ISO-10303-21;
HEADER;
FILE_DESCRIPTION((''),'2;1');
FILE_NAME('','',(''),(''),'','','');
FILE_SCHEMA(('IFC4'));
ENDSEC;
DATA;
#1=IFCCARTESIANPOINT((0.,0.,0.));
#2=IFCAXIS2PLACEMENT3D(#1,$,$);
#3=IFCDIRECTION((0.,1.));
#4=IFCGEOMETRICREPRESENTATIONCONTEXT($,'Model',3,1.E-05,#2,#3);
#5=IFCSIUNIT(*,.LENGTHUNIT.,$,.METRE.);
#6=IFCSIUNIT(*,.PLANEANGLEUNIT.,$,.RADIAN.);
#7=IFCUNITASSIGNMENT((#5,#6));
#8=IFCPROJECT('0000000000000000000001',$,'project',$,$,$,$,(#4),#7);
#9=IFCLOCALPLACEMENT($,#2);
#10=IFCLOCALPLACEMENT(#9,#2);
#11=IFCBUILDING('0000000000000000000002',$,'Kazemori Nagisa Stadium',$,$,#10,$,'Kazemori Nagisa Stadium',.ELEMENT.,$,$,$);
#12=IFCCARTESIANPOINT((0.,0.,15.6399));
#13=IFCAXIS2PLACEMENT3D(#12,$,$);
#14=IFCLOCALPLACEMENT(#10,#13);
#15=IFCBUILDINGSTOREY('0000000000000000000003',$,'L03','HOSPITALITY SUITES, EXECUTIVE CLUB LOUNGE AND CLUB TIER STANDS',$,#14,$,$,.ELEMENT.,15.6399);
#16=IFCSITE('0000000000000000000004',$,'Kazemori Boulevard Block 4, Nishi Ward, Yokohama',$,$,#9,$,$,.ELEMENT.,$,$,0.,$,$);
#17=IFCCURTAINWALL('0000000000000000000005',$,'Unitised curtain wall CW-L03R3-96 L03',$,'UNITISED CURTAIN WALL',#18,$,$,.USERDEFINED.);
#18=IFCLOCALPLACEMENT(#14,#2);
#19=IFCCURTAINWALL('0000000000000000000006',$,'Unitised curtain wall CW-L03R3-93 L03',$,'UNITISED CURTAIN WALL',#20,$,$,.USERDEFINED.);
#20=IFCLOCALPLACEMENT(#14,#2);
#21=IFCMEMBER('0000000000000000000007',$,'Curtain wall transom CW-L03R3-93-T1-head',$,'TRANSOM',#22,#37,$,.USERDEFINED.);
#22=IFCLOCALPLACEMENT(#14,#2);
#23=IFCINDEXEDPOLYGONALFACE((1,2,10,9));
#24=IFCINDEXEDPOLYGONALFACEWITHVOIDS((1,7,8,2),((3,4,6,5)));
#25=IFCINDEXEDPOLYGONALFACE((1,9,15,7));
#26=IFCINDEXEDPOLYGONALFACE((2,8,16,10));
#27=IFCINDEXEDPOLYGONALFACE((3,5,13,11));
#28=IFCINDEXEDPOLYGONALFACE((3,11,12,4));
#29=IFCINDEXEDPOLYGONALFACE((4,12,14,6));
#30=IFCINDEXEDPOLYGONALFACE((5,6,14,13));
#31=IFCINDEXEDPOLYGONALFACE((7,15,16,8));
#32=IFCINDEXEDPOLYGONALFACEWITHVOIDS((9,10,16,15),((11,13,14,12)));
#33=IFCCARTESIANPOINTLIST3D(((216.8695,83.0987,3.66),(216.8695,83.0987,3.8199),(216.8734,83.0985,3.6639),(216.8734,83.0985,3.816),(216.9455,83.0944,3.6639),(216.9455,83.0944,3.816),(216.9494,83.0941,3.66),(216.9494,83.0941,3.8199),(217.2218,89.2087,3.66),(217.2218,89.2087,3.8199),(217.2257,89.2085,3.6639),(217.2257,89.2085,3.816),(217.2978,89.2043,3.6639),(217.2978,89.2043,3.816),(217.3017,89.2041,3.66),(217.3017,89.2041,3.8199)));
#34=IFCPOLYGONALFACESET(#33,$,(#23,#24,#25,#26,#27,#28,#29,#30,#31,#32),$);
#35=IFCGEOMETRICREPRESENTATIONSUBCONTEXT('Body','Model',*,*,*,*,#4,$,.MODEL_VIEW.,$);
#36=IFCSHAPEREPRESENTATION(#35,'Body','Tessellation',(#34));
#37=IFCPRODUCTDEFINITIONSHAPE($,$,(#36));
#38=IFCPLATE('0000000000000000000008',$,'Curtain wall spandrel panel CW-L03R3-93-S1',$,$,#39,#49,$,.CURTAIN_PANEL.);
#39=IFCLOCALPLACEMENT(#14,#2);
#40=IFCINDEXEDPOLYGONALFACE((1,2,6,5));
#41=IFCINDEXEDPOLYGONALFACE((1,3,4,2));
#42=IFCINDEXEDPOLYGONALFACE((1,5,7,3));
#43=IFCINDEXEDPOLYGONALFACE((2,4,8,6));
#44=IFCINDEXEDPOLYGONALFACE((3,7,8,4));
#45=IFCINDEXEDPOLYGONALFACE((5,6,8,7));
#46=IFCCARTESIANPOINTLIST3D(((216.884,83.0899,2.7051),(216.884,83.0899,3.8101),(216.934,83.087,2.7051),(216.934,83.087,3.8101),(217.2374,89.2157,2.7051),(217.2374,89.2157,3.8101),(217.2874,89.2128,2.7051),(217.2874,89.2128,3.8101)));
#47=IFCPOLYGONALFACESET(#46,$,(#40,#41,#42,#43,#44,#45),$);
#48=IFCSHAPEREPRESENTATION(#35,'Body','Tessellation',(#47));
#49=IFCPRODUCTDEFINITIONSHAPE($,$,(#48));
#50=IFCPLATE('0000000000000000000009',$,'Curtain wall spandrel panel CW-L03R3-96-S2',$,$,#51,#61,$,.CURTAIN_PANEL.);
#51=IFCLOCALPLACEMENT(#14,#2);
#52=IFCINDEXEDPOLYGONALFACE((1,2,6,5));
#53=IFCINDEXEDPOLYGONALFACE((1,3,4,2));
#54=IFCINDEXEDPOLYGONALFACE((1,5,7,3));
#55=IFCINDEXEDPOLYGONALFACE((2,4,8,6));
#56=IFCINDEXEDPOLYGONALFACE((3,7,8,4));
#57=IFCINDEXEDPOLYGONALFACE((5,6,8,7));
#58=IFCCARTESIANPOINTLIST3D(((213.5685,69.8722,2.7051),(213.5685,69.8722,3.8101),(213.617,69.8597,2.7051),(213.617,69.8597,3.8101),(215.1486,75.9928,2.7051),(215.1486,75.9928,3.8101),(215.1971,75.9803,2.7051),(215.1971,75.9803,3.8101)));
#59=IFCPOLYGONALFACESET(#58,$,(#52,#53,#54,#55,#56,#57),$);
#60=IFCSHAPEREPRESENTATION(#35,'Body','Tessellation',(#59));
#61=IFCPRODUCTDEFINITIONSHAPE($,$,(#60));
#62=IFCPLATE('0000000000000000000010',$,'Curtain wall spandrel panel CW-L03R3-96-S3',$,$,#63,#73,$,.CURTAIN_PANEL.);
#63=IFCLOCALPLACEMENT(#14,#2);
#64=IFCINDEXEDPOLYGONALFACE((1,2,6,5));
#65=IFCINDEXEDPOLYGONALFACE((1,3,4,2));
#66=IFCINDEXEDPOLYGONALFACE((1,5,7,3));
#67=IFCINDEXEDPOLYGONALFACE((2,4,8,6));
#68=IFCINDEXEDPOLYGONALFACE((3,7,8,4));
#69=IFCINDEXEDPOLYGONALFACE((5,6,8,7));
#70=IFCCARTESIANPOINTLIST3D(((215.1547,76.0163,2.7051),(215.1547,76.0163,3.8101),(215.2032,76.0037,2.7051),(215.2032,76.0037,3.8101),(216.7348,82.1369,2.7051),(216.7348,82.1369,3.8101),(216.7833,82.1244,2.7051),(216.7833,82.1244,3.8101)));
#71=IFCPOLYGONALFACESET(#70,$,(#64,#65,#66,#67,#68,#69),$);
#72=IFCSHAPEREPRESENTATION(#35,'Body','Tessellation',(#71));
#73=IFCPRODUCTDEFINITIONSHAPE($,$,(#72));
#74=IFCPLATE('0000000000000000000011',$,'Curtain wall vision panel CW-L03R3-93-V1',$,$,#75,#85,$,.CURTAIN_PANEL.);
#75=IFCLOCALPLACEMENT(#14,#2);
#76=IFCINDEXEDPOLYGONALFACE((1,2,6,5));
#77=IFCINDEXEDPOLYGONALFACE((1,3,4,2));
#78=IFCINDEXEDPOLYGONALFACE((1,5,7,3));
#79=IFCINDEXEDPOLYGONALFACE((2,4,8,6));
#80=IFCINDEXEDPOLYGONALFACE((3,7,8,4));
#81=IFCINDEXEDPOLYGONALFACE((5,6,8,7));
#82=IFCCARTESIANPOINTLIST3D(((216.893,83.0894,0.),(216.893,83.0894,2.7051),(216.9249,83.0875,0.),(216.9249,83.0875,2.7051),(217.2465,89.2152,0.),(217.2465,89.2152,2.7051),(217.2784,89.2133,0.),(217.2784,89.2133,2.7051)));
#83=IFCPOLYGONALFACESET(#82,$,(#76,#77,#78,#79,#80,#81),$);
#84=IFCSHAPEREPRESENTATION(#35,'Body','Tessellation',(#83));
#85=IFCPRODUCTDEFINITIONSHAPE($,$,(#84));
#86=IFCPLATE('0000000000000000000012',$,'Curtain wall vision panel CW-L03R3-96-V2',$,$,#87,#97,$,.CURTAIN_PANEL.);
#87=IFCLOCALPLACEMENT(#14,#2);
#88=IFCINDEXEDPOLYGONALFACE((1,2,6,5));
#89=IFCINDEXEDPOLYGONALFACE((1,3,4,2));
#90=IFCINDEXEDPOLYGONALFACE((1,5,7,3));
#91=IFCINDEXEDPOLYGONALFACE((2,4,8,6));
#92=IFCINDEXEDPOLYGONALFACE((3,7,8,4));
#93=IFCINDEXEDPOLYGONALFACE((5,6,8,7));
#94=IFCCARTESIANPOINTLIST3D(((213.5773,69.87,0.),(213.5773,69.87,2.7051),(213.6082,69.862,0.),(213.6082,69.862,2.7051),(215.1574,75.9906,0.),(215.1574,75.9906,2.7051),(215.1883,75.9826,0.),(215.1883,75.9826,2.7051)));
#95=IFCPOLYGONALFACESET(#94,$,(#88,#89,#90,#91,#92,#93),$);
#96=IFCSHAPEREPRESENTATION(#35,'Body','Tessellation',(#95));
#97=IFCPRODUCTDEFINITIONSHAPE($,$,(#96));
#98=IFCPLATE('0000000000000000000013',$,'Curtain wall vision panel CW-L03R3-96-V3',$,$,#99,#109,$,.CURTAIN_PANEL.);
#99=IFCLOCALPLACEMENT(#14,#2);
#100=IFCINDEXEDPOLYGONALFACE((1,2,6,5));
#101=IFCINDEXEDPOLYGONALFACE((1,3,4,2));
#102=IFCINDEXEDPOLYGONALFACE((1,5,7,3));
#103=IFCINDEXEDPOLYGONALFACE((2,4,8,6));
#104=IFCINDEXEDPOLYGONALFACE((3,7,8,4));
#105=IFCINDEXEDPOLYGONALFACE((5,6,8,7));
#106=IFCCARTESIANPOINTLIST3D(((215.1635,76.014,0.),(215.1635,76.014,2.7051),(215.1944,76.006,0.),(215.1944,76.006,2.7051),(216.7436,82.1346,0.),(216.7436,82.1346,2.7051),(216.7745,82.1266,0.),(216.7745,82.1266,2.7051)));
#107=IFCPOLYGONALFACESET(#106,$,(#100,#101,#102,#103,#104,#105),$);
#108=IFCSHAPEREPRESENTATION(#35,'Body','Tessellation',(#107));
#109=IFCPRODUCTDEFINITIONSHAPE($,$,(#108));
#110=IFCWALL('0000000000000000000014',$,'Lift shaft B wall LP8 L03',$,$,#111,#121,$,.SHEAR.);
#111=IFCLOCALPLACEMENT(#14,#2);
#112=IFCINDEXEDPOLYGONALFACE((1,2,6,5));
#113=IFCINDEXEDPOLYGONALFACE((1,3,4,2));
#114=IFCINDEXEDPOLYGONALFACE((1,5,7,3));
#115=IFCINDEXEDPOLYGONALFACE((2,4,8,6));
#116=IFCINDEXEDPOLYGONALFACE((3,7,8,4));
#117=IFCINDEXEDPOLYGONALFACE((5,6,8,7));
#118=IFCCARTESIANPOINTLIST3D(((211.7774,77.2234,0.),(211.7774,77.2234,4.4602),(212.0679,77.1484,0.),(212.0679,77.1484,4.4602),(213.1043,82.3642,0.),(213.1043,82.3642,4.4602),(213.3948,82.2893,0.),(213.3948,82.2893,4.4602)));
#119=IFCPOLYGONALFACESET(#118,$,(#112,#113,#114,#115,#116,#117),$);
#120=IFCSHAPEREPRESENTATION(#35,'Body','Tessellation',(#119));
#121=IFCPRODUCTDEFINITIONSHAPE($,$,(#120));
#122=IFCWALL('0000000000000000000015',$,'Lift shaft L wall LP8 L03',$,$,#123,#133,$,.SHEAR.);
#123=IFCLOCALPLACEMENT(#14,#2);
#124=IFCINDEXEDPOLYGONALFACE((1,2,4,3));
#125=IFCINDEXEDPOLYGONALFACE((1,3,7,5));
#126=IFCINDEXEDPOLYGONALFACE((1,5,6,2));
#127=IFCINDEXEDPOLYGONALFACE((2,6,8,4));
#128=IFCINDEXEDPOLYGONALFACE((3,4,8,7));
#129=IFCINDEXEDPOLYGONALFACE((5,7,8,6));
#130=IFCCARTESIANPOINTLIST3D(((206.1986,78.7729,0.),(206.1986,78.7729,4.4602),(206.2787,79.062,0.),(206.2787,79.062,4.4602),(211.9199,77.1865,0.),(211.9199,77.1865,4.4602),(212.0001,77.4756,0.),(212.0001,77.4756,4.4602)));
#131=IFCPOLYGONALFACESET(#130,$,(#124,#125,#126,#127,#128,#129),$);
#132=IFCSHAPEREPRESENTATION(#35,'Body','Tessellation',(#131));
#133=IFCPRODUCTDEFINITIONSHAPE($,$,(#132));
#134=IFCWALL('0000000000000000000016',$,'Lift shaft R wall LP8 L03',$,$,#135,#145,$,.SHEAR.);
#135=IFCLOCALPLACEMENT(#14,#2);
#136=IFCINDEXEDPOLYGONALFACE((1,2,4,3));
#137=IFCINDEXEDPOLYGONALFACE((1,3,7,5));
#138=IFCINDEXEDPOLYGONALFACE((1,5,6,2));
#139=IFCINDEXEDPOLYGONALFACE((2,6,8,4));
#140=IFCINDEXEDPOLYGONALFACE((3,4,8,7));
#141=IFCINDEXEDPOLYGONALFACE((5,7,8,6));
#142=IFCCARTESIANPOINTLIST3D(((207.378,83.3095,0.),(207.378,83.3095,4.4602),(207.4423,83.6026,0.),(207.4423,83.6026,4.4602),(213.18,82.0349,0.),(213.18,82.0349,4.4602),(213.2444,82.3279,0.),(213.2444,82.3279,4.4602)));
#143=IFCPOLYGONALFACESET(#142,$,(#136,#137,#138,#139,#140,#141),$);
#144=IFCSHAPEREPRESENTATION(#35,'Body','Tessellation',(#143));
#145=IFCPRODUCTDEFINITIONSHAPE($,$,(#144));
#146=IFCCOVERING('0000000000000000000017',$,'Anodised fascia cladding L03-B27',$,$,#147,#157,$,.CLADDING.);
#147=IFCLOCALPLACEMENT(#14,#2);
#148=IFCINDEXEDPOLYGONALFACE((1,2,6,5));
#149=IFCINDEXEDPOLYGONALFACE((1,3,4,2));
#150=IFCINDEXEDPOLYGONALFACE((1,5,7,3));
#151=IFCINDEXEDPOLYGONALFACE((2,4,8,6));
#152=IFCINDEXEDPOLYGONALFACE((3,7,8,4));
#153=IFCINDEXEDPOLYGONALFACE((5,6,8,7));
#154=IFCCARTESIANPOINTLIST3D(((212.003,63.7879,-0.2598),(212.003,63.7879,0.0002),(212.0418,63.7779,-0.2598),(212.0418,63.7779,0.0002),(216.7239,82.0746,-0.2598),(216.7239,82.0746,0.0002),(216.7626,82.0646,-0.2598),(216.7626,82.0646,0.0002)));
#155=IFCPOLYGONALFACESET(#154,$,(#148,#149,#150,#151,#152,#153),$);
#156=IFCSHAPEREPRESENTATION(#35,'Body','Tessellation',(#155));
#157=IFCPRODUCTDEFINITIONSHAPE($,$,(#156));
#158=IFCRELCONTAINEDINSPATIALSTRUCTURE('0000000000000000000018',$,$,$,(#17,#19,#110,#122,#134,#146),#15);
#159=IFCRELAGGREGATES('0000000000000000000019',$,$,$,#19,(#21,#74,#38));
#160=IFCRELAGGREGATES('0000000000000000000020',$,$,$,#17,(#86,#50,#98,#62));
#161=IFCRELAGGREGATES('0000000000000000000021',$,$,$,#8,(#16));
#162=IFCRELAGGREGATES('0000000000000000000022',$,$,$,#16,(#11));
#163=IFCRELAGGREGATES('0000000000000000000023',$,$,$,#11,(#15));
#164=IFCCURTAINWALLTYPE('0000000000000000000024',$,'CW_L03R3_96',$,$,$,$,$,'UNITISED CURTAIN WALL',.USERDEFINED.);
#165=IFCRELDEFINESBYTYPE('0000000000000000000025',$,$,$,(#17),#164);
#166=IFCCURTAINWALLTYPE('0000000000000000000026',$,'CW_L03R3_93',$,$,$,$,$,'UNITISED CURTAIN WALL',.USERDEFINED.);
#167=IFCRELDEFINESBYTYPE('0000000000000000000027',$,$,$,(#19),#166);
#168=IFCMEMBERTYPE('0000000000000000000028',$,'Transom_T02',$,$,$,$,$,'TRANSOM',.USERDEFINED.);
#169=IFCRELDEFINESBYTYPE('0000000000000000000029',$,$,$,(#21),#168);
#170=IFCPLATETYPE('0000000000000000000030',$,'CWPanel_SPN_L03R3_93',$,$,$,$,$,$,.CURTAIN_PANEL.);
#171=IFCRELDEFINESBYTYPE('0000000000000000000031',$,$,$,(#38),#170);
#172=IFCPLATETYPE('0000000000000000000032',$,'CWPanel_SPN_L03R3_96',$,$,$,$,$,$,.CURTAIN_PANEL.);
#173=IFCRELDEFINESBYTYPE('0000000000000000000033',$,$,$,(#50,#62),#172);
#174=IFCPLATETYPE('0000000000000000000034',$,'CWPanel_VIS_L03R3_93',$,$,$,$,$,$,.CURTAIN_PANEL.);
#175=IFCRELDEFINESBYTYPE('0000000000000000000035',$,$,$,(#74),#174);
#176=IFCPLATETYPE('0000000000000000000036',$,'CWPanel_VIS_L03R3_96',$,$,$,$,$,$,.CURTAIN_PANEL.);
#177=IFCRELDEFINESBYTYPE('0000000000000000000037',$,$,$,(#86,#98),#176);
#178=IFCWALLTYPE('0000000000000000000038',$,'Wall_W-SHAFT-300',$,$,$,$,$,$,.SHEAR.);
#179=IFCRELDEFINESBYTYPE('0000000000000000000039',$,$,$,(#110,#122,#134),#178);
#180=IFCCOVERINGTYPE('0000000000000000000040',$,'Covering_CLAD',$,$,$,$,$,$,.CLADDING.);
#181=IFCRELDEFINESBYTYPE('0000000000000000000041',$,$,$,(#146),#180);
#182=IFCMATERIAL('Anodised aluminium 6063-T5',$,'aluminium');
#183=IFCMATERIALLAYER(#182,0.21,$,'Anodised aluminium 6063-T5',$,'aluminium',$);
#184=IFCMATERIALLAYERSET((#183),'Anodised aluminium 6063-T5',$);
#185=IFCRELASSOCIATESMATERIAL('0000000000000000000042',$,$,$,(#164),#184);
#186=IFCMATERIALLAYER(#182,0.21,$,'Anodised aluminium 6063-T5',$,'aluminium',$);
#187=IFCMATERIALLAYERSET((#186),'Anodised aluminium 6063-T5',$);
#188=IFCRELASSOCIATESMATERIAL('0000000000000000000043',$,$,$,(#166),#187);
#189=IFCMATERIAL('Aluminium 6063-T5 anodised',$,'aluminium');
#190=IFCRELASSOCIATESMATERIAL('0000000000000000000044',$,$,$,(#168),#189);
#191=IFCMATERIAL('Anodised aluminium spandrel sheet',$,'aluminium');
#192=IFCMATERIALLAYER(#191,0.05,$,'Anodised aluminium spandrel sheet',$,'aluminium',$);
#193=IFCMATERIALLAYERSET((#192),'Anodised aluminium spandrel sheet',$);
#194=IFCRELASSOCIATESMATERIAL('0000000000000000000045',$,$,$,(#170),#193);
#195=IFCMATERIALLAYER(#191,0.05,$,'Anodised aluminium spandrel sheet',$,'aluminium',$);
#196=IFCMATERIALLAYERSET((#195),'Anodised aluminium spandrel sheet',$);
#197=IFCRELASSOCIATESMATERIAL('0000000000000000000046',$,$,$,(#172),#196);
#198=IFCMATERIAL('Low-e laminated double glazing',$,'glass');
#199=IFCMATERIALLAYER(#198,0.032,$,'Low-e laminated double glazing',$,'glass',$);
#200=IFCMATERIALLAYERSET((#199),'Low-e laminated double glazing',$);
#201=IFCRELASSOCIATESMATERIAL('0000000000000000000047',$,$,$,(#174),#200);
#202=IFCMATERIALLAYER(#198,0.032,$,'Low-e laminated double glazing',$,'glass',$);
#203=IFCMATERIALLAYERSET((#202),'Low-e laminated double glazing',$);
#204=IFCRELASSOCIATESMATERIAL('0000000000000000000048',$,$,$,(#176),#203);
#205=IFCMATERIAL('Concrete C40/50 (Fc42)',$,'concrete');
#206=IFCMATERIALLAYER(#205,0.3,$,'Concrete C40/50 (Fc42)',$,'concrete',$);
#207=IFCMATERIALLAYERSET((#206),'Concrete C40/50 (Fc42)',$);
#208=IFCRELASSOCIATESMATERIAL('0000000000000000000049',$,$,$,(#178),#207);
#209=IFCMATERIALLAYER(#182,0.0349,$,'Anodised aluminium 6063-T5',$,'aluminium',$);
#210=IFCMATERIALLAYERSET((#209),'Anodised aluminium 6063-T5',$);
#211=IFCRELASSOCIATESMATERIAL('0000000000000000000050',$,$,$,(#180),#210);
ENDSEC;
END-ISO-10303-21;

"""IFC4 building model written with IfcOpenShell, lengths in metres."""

from ifc_helpers import new_model, si_unit, direction, frame, frame_2d, origin, origin_2d, place, context, subcontext, project, spatial, rectangle, hollow_rectangle, extrude, material, layer, layer_set, material_profile, profile_set, type_object, element, aggregate, save


model = new_model("IFC4")

# Units and contexts
model_context = context("Model", 3, precision=1e-05, world=origin(), true_north=direction((0.0, 1.0)))
body_context = subcontext(model_context, "Body", "Model", "MODEL_VIEW")
ifc_project = project(units=[si_unit("LENGTHUNIT", "METRE"), si_unit("PLANEANGLEUNIT", "RADIAN")], contexts=[model_context])

# Site, building, storey
site_placement = place(None, origin())
site = spatial("IfcSite", under=ifc_project, at=site_placement, Name="Kazemori Boulevard Block 4, Nishi Ward, Yokohama", CompositionType="ELEMENT", RefElevation=0.0)
building_placement = place(site_placement, origin())
building = spatial("IfcBuilding", under=site, at=building_placement, Name="Kazemori Nagisa Stadium", LongName="Kazemori Nagisa Stadium", CompositionType="ELEMENT")
storey_placement = place(building_placement, frame((0.0, 0.0, 15.6399)))
storey = spatial("IfcBuildingStorey", under=building, at=storey_placement, Name="L03", Description="HOSPITALITY SUITES, EXECUTIVE CLUB LOUNGE AND CLUB TIER STANDS", CompositionType="ELEMENT", Elevation=15.6399)

# Shared definitions
ifc_material_1 = material(Name="Concrete C40/50 (Fc42)", Category="concrete")

# Curtain wall
ifc_material_2 = material(Name="Anodised aluminium 6063-T5", Category="aluminium")
ifc_layer_1 = layer(ifc_material_2, 0.21, Name="Anodised aluminium 6063-T5", Category="aluminium")
ifc_layer_set_1 = layer_set([ifc_layer_1], Name="Anodised aluminium 6063-T5")
curtain_wall_type_1 = type_object("IfcCurtainWallType", Name="CW_L03R3_96", ElementType="UNITISED CURTAIN WALL", PredefinedType="USERDEFINED", material=ifc_layer_set_1)
curtain_wall_1_placement = place(storey_placement, origin())
curtain_wall_1 = element("IfcCurtainWall", 1, at=curtain_wall_1_placement, inside=storey, type_object=curtain_wall_type_1, Name="Unitised curtain wall CW-L03R3-96 L03", ObjectType="UNITISED CURTAIN WALL", PredefinedType="USERDEFINED")
ifc_material_3 = material(Name="Aluminium 6063-T5 anodised", Category="aluminium")

# Curtain wall
ifc_layer_2 = layer(ifc_material_2, 0.21, Name="Anodised aluminium 6063-T5", Category="aluminium")
ifc_layer_set_2 = layer_set([ifc_layer_2], Name="Anodised aluminium 6063-T5")
curtain_wall_type_2 = type_object("IfcCurtainWallType", Name="CW_L03R3_93", ElementType="UNITISED CURTAIN WALL", PredefinedType="USERDEFINED", material=ifc_layer_set_2)
curtain_wall_2_placement = place(storey_placement, origin())
curtain_wall_2 = element("IfcCurtainWall", 2, at=curtain_wall_2_placement, inside=storey, type_object=curtain_wall_type_2, Name="Unitised curtain wall CW-L03R3-93 L03", ObjectType="UNITISED CURTAIN WALL", PredefinedType="USERDEFINED")

# Member
ifc_material_profile_1 = material_profile(ifc_material_3, hollow_rectangle(XDim=0.0801, YDim=0.1599, WallThickness=0.0039, at=origin_2d()), Name="ALU-TRAN-80x160x4")
ifc_profile_set_1 = profile_set([ifc_material_profile_1], Name="Aluminium 6063-T5 anodised")
member_type_1 = type_object("IfcMemberType", Name="Transom_T02", ElementType="TRANSOM", PredefinedType="USERDEFINED", material=ifc_profile_set_1)
member_1_placement = place(storey_placement, frame((216.9094, 83.0964, 3.74), z_axis=(0.057564, 0.998342, 0.0), x_axis=(-0.998342, 0.057564, 0.0)))
member_1 = element("IfcMember", 3, at=member_1_placement, type_object=member_type_1, Name="Curtain wall transom CW-L03R3-93-T1-head", ObjectType="TRANSOM", PredefinedType="USERDEFINED", context=body_context, shape_type="SweptSolid", body=[
    extrude(hollow_rectangle(XDim=0.0801, YDim=0.1599, WallThickness=0.0039, at=origin_2d()), origin(), (0.0, 0.0, 1.0), 6.1201),
])

# Plates
ifc_material_4 = material(Name="Anodised aluminium spandrel sheet", Category="aluminium")
ifc_layer_3 = layer(ifc_material_4, 0.05, Name="Anodised aluminium spandrel sheet", Category="aluminium")
ifc_layer_set_3 = layer_set([ifc_layer_3], Name="Anodised aluminium spandrel sheet")
plate_type_1 = type_object("IfcPlateType", Name="CWPanel_SPN_L03R3_93", PredefinedType="CURTAIN_PANEL", material=ifc_layer_set_3)
plate_1_placement = place(storey_placement, frame((217.0857, 86.1514, 2.7051), z_axis=(0.0, 0.0, 1.0), x_axis=(0.057602, 0.99834, 0.0)))
plate_1 = element("IfcPlate", 4, at=plate_1_placement, type_object=plate_type_1, Name="Curtain wall spandrel panel CW-L03R3-93-S1", PredefinedType="CURTAIN_PANEL", context=body_context, shape_type="SweptSolid", body=[
    extrude(rectangle(XDim=6.136, YDim=0.05, at=origin_2d()), origin(), (0.0, 0.0, 1.0), 1.105),
])
ifc_layer_4 = layer(ifc_material_4, 0.05, Name="Anodised aluminium spandrel sheet", Category="aluminium")
ifc_layer_set_4 = layer_set([ifc_layer_4], Name="Anodised aluminium spandrel sheet")
plate_type_2 = type_object("IfcPlateType", Name="CWPanel_SPN_L03R3_96", PredefinedType="CURTAIN_PANEL", material=ifc_layer_set_4)
plate_2_placement = place(storey_placement, frame((214.3828, 72.9263, 2.7051), z_axis=(0.0, 0.0, 1.0), x_axis=(0.249965, 0.968255, 0.0)))
plate_2 = element("IfcPlate", 5, at=plate_2_placement, type_object=plate_type_2, Name="Curtain wall spandrel panel CW-L03R3-96-S2", PredefinedType="CURTAIN_PANEL", context=body_context, shape_type="SweptSolid", body=[
    extrude(rectangle(XDim=6.3213, YDim=0.05, at=origin_2d()), origin(), (0.0, 0.0, 1.0), 1.105),
])
plate_3_placement = place(storey_placement, frame((215.969, 79.0703, 2.7051), z_axis=(0.0, 0.0, 1.0), x_axis=(0.249965, 0.968255, 0.0)))
plate_3 = element("IfcPlate", 6, at=plate_3_placement, type_object=plate_type_2, Name="Curtain wall spandrel panel CW-L03R3-96-S3", PredefinedType="CURTAIN_PANEL", context=body_context, shape_type="SweptSolid", body=[
    extrude(rectangle(XDim=6.3213, YDim=0.05, at=origin_2d()), origin(), (0.0, 0.0, 1.0), 1.105),
])
ifc_material_5 = material(Name="Low-e laminated double glazing", Category="glass")
ifc_layer_5 = layer(ifc_material_5, 0.032, Name="Low-e laminated double glazing", Category="glass")
ifc_layer_set_5 = layer_set([ifc_layer_5], Name="Low-e laminated double glazing")
plate_type_3 = type_object("IfcPlateType", Name="CWPanel_VIS_L03R3_93", PredefinedType="CURTAIN_PANEL", material=ifc_layer_set_5)
plate_4_placement = place(storey_placement, frame((217.0857, 86.1514, 0.0), z_axis=(0.0, 0.0, 1.0), x_axis=(0.057602, 0.99834, 0.0)))
plate_4 = element("IfcPlate", 7, at=plate_4_placement, type_object=plate_type_3, Name="Curtain wall vision panel CW-L03R3-93-V1", PredefinedType="CURTAIN_PANEL", context=body_context, shape_type="SweptSolid", body=[
    extrude(rectangle(XDim=6.136, YDim=0.032, at=origin_2d()), origin(), (0.0, 0.0, 1.0), 2.7051),
])
aggregate(curtain_wall_2, [member_1, plate_4, plate_1])
ifc_layer_6 = layer(ifc_material_5, 0.032, Name="Low-e laminated double glazing", Category="glass")
ifc_layer_set_6 = layer_set([ifc_layer_6], Name="Low-e laminated double glazing")
plate_type_4 = type_object("IfcPlateType", Name="CWPanel_VIS_L03R3_96", PredefinedType="CURTAIN_PANEL", material=ifc_layer_set_6)
plate_5_placement = place(storey_placement, frame((214.3828, 72.9263, 0.0), z_axis=(0.0, 0.0, 1.0), x_axis=(0.249965, 0.968255, 0.0)))
plate_5 = element("IfcPlate", 8, at=plate_5_placement, type_object=plate_type_4, Name="Curtain wall vision panel CW-L03R3-96-V2", PredefinedType="CURTAIN_PANEL", context=body_context, shape_type="SweptSolid", body=[
    extrude(rectangle(XDim=6.3213, YDim=0.032, at=origin_2d()), origin(), (0.0, 0.0, 1.0), 2.7051),
])
plate_6_placement = place(storey_placement, frame((215.969, 79.0703, 0.0), z_axis=(0.0, 0.0, 1.0), x_axis=(0.249965, 0.968255, 0.0)))
plate_6 = element("IfcPlate", 9, at=plate_6_placement, type_object=plate_type_4, Name="Curtain wall vision panel CW-L03R3-96-V3", PredefinedType="CURTAIN_PANEL", context=body_context, shape_type="SweptSolid", body=[
    extrude(rectangle(XDim=6.3213, YDim=0.032, at=origin_2d()), origin(), (0.0, 0.0, 1.0), 2.7051),
])
aggregate(curtain_wall_1, [plate_5, plate_2, plate_6, plate_3])

# Walls
ifc_layer_7 = layer(ifc_material_1, 0.3, Name="Concrete C40/50 (Fc42)", Category="concrete")
ifc_layer_set_7 = layer_set([ifc_layer_7], Name="Concrete C40/50 (Fc42)")
wall_type = type_object("IfcWallType", Name="Wall_W-SHAFT-300", PredefinedType="SHEAR", material=ifc_layer_set_7)
wall_1_placement = place(storey_placement, frame((211.9226, 77.1858, 0.0), z_axis=(0.0, 0.0, 1.0), x_axis=(0.249918, 0.968267, 0.0)))
element("IfcWall", 10, at=wall_1_placement, inside=storey, type_object=wall_type, Name="Lift shaft B wall LP8 L03", PredefinedType="SHEAR", context=body_context, shape_type="SweptSolid", body=[
    extrude(rectangle(XDim=5.3093, YDim=0.3, at=frame_2d((2.6548, 0.0))), origin(), (0.0, 0.0, 1.0), 4.4602),
])
wall_2_placement = place(storey_placement, frame((206.2385, 78.9175, 0.0), z_axis=(0.0, 0.0, 1.0), x_axis=(0.963642, -0.267196, 0.0)))
element("IfcWall", 11, at=wall_2_placement, inside=storey, type_object=wall_type, Name="Lift shaft L wall LP8 L03", PredefinedType="SHEAR", context=body_context, shape_type="SweptSolid", body=[
    extrude(rectangle(XDim=5.9373, YDim=0.3, at=frame_2d((2.9688, 0.0))), origin(), (0.0, 0.0, 1.0), 4.4602),
])
wall_3_placement = place(storey_placement, frame((207.4102, 83.4561, 0.0), z_axis=(0.0, 0.0, 1.0), x_axis=(0.976707, -0.214576, 0.0)))
element("IfcWall", 12, at=wall_3_placement, inside=storey, type_object=wall_type, Name="Lift shaft R wall LP8 L03", PredefinedType="SHEAR", context=body_context, shape_type="SweptSolid", body=[
    extrude(rectangle(XDim=5.9404, YDim=0.3, at=frame_2d((2.9702, 0.0))), origin(), (0.0, 0.0, 1.0), 4.4602),
])

# Covering
ifc_layer_8 = layer(ifc_material_2, 0.0349, Name="Anodised aluminium 6063-T5", Category="aluminium")
ifc_layer_set_8 = layer_set([ifc_layer_8], Name="Anodised aluminium 6063-T5")
covering_type = type_object("IfcCoveringType", Name="Covering_CLAD", PredefinedType="CLADDING", material=ifc_layer_set_8)
covering_placement = place(storey_placement, frame((214.3828, 72.9263, -0.2598), z_axis=(0.0, 0.0, 1.0), x_axis=(0.249965, 0.968255, 0.0)))
element("IfcCovering", 13, at=covering_placement, inside=storey, type_object=covering_type, Name="Anodised fascia cladding L03-B27", PredefinedType="CLADDING", context=body_context, shape_type="SweptSolid", body=[
    extrude(rectangle(XDim=18.8862, YDim=0.04, at=origin_2d()), origin(), (0.0, 0.0, 1.0), 0.26),
])

save(model, "model.ifc")
